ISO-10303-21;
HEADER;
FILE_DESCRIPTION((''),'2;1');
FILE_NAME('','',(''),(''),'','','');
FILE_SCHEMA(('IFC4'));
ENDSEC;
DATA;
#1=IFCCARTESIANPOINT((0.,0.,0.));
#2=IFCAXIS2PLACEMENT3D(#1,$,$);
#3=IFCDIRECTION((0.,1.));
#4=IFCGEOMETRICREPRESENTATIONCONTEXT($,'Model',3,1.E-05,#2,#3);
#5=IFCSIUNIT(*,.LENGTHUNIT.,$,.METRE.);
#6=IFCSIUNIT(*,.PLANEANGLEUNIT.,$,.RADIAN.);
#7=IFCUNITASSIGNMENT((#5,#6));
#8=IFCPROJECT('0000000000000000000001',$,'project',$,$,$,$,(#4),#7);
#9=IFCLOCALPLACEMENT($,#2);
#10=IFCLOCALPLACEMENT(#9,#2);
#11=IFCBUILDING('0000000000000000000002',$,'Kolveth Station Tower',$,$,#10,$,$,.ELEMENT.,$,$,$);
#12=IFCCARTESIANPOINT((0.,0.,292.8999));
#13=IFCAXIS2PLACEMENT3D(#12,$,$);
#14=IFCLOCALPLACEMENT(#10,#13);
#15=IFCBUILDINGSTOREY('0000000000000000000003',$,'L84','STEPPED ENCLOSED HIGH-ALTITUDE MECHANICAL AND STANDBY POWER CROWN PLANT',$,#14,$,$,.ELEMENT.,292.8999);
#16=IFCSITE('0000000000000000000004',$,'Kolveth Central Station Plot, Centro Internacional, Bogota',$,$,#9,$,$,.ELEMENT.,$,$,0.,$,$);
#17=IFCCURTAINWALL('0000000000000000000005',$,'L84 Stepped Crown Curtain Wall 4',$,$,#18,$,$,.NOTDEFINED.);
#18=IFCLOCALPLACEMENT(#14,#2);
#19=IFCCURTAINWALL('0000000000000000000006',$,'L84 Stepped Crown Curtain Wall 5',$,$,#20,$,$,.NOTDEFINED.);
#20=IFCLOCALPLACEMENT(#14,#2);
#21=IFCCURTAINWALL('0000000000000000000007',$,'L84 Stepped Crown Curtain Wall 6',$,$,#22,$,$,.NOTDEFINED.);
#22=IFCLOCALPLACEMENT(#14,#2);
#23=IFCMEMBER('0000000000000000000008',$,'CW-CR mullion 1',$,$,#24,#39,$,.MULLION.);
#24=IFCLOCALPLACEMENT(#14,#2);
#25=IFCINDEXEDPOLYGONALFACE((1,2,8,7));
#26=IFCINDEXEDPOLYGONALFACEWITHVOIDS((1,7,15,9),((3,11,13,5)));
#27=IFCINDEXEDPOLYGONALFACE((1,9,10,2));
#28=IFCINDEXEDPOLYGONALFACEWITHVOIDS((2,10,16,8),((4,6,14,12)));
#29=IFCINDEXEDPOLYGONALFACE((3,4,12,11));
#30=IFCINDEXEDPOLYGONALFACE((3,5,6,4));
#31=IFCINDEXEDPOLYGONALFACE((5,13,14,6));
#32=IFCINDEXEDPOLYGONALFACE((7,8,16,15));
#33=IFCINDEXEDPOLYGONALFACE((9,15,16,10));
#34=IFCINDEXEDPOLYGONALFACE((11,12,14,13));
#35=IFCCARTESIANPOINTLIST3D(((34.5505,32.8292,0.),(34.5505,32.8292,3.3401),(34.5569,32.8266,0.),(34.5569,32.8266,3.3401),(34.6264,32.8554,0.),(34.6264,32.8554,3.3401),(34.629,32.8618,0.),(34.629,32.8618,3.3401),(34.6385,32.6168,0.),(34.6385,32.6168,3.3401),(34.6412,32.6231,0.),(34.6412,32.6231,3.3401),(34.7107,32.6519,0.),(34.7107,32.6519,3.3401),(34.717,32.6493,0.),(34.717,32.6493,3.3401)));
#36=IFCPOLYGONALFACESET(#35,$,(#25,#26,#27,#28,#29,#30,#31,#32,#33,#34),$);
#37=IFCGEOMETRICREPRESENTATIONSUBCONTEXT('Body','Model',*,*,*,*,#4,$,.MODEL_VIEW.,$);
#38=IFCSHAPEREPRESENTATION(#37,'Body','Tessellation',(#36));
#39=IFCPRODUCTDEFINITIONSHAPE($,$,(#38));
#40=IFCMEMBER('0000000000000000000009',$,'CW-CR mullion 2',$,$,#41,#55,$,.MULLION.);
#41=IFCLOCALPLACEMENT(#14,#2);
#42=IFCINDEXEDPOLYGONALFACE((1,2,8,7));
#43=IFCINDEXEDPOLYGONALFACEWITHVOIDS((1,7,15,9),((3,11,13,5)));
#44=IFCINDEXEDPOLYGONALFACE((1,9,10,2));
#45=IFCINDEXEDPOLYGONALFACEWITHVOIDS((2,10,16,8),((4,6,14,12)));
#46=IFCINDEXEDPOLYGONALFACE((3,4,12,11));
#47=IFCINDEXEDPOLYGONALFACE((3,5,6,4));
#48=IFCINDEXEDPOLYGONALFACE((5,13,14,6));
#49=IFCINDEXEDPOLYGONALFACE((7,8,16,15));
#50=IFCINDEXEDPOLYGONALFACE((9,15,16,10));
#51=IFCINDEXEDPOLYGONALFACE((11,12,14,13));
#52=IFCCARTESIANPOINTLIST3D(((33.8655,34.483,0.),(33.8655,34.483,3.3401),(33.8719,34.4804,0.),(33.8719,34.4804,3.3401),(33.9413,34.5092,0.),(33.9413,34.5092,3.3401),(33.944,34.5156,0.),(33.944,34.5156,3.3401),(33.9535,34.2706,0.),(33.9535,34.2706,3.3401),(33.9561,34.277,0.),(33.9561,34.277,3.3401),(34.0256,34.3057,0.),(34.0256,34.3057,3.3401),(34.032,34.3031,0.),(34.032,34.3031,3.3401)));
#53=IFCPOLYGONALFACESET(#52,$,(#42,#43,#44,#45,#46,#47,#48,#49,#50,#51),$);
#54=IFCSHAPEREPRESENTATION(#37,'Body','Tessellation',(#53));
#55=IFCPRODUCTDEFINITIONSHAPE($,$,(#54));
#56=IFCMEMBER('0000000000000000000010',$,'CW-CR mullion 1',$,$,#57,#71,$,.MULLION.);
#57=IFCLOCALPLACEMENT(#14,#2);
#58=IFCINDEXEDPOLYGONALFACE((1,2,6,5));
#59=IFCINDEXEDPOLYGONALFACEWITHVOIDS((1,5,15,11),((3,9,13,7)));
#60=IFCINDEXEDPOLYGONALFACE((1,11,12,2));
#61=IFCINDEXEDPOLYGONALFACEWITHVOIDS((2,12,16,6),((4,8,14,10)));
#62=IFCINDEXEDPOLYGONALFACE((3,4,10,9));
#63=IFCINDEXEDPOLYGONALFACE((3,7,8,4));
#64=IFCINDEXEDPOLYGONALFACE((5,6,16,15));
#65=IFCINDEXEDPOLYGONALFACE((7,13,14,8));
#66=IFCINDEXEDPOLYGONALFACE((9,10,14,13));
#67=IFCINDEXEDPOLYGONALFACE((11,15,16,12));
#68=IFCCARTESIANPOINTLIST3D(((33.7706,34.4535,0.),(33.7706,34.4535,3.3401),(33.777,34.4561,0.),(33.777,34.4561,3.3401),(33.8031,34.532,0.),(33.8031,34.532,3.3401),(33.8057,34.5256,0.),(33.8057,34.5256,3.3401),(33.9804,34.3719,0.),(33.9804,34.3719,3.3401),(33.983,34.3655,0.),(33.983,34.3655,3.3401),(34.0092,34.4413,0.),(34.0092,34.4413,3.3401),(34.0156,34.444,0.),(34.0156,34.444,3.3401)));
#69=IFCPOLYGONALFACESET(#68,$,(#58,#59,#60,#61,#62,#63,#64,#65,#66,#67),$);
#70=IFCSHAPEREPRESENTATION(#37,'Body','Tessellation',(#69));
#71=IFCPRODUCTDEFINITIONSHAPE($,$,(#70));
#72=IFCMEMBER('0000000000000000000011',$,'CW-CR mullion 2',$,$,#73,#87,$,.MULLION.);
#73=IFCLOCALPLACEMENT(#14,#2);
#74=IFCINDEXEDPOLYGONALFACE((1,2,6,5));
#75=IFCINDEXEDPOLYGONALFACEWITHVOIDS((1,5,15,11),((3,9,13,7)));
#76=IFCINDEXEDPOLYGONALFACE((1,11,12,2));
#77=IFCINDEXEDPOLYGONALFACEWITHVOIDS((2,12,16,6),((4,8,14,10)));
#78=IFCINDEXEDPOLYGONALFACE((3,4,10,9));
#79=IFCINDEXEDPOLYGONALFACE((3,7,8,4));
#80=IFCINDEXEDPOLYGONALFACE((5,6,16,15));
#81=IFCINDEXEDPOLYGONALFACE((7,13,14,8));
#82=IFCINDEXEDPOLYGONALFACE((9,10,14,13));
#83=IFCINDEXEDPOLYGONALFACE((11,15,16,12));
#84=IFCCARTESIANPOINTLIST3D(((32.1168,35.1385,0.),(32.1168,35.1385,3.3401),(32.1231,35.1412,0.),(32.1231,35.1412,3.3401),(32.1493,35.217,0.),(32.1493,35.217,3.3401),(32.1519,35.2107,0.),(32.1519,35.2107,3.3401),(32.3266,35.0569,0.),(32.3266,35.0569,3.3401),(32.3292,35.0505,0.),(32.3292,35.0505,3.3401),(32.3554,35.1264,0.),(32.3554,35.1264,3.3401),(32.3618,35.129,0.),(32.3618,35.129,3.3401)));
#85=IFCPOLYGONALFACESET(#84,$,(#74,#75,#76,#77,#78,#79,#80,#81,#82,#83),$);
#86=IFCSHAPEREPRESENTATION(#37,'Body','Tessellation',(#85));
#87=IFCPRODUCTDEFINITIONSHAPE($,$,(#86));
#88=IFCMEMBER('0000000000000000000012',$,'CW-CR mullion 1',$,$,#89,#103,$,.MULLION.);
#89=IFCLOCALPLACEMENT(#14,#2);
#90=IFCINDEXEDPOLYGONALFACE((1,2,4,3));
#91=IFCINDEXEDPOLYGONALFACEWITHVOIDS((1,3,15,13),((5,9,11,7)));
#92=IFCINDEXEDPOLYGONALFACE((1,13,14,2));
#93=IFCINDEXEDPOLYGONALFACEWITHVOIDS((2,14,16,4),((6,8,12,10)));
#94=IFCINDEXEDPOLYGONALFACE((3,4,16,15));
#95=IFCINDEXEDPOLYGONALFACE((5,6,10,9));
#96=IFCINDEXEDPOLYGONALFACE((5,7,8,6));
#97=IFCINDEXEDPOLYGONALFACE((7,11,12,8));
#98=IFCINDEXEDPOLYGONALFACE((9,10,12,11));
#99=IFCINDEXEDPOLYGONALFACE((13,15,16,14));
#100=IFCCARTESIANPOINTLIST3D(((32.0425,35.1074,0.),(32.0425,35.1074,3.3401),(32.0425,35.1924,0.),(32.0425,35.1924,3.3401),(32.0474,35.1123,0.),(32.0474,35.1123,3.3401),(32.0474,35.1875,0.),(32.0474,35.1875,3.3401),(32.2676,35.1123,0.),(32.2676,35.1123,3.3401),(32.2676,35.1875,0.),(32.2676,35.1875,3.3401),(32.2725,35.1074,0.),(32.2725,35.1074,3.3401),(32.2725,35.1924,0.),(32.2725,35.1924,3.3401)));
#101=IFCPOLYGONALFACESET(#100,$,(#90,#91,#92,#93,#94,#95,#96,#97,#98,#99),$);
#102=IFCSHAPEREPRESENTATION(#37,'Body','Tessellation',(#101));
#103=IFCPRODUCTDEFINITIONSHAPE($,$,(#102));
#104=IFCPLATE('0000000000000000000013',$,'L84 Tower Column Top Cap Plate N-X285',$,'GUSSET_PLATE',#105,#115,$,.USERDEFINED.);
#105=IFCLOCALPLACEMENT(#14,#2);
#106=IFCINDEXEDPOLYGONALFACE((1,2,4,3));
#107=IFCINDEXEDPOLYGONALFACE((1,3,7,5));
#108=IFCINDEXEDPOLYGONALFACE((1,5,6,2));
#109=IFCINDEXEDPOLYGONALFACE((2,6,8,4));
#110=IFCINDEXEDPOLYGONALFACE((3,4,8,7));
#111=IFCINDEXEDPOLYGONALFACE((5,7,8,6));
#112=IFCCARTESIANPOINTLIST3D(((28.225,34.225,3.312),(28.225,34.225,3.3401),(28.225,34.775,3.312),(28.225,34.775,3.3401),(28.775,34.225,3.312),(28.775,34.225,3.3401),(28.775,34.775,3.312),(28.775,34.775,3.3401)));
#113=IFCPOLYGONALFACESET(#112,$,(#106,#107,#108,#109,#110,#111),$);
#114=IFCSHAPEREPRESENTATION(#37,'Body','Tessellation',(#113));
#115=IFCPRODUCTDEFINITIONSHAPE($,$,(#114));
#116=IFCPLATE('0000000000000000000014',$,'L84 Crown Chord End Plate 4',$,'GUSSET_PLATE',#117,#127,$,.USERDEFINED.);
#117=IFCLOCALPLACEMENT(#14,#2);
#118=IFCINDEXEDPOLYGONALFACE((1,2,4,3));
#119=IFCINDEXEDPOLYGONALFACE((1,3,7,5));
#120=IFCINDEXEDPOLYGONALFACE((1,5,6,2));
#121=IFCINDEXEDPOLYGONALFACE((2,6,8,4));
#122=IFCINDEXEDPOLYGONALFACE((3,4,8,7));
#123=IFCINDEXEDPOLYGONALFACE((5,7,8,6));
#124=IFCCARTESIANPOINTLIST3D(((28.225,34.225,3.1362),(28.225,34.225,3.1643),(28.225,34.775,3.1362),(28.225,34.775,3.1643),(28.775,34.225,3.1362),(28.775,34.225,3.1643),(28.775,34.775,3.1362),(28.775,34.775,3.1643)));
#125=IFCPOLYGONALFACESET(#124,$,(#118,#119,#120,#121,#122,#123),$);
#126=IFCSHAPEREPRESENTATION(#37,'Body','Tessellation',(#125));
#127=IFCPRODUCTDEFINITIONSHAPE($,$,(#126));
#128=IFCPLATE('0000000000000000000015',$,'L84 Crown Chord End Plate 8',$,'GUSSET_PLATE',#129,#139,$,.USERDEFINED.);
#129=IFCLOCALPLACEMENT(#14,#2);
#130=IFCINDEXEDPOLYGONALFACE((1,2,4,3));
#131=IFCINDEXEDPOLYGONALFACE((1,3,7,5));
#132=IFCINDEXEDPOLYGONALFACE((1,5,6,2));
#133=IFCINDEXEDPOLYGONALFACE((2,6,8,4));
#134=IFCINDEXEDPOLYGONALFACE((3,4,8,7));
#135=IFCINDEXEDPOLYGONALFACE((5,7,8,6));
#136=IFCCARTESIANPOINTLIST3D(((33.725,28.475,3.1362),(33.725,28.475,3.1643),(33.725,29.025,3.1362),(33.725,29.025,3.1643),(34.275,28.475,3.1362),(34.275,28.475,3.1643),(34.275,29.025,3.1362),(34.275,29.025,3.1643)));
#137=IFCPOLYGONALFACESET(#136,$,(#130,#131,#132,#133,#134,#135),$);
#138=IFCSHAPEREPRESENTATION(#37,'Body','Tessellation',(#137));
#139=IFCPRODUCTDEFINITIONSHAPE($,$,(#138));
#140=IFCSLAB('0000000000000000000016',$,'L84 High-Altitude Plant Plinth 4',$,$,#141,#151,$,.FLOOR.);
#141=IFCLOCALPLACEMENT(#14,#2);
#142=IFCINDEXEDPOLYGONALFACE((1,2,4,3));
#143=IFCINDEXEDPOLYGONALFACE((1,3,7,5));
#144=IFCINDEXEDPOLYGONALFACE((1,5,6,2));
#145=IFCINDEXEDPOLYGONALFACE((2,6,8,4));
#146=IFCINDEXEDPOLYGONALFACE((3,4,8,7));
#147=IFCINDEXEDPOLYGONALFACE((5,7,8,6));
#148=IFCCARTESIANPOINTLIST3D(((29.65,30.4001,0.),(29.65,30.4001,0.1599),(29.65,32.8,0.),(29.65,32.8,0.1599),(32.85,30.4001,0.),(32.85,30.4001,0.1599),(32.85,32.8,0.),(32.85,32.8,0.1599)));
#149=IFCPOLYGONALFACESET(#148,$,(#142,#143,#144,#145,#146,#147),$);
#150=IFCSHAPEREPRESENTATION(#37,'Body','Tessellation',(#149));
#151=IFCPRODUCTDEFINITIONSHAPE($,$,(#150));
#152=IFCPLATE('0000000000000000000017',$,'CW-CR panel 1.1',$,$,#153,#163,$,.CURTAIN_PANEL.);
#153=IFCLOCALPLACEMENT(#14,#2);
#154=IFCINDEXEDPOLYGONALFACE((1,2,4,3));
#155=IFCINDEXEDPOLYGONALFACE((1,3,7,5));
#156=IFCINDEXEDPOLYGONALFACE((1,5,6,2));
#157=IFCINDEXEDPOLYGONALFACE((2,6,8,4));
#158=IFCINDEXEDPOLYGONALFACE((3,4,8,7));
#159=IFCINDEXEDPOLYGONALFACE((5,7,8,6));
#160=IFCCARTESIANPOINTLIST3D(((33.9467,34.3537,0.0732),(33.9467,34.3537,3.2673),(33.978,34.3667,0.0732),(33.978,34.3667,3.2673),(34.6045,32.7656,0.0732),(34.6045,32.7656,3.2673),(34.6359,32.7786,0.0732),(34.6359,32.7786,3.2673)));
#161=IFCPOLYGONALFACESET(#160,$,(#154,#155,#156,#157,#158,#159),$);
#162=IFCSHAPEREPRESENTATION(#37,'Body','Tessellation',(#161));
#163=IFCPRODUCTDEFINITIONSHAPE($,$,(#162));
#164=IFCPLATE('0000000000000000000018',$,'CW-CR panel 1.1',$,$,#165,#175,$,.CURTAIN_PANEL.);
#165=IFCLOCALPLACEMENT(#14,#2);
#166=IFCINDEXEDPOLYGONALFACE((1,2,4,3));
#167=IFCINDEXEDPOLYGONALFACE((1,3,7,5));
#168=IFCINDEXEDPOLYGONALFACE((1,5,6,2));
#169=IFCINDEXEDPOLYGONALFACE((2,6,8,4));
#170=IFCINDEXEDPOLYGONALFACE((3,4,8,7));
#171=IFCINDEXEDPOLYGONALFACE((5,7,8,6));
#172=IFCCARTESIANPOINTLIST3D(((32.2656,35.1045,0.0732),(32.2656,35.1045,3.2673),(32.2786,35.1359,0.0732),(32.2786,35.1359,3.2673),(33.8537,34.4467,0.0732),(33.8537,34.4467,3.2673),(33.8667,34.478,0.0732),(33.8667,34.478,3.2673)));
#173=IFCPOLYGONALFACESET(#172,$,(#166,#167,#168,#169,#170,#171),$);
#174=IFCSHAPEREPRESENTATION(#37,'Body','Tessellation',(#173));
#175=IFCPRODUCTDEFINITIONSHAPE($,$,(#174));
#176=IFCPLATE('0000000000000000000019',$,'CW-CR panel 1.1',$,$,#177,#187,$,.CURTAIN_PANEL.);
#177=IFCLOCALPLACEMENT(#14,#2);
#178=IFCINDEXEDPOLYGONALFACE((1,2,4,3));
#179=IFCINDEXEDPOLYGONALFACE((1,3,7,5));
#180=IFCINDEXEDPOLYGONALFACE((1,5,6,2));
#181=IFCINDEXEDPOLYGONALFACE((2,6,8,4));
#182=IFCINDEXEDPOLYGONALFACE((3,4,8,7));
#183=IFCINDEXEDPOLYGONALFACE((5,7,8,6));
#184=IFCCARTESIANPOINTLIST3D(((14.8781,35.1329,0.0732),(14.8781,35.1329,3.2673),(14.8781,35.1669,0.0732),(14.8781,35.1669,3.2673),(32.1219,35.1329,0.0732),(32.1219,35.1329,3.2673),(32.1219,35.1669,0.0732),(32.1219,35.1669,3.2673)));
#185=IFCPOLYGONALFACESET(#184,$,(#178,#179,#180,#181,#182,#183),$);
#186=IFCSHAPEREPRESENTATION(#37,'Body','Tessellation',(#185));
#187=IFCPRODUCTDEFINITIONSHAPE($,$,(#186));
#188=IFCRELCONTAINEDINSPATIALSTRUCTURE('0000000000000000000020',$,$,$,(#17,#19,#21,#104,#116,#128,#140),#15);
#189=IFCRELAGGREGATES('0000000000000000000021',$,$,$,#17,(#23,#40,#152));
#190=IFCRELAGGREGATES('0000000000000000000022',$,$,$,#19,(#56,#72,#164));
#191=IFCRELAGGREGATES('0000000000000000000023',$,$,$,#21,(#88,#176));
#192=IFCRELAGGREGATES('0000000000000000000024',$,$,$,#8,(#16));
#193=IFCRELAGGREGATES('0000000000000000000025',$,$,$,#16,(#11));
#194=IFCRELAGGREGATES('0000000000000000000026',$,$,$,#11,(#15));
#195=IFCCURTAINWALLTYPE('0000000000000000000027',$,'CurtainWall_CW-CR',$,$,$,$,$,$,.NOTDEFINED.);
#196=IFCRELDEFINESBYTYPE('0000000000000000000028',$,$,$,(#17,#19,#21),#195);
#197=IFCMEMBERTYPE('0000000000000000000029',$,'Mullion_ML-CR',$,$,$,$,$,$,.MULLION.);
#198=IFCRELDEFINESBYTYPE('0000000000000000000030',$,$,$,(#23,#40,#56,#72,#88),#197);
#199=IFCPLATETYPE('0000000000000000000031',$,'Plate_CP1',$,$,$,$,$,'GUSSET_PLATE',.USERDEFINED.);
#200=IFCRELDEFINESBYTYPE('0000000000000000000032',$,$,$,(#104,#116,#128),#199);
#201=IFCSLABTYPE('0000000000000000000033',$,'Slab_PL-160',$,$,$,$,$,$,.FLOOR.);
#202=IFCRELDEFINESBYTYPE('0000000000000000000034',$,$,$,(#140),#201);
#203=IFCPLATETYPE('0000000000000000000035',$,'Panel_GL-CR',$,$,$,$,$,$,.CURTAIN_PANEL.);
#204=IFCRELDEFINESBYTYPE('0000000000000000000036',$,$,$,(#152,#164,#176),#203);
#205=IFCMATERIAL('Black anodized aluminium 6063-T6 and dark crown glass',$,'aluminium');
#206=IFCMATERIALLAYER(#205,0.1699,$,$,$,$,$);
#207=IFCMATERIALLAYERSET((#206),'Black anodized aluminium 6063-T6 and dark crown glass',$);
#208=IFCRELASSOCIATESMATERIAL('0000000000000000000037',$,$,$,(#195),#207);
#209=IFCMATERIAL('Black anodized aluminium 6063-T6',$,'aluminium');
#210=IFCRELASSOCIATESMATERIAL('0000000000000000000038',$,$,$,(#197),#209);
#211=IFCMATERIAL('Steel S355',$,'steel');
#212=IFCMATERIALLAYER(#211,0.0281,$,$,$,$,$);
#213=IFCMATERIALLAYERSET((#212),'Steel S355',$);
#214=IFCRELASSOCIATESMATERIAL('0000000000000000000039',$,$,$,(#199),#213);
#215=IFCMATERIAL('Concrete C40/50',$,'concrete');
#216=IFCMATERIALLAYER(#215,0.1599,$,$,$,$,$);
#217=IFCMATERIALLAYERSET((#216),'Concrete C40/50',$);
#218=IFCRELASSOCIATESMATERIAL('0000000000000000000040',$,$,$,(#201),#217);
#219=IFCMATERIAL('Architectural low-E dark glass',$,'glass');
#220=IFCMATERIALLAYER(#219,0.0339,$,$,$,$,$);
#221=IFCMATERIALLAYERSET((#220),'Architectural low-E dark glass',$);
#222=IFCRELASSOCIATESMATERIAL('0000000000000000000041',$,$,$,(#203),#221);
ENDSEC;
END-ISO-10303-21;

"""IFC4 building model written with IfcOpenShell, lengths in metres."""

from ifc_helpers import new_model, si_unit, direction, frame, origin, origin_2d, place, context, subcontext, project, spatial, rectangle, hollow_rectangle, extrude, source, transform, mapped, material, layer, layer_set, material_profile, profile_set, type_object, element, aggregate, save


model = new_model("IFC4")

# Units and contexts
model_context = context("Model", 3, precision=1e-05, world=origin(), true_north=direction((0.0, 1.0)))
body_context = subcontext(model_context, "Body", "Model", "MODEL_VIEW")
ifc_project = project(units=[si_unit("LENGTHUNIT", "METRE"), si_unit("PLANEANGLEUNIT", "RADIAN")], contexts=[model_context])

# Site, building, storey
site_placement = place(None, origin())
site = spatial("IfcSite", under=ifc_project, at=site_placement, Name="Kolveth Central Station Plot, Centro Internacional, Bogota", CompositionType="ELEMENT", RefElevation=0.0)
building_placement = place(site_placement, origin())
building = spatial("IfcBuilding", under=site, at=building_placement, Name="Kolveth Station Tower", CompositionType="ELEMENT")
storey_placement = place(building_placement, frame((0.0, 0.0, 292.8999)))
storey = spatial("IfcBuildingStorey", under=building, at=storey_placement, Name="L84", Description="STEPPED ENCLOSED HIGH-ALTITUDE MECHANICAL AND STANDBY POWER CROWN PLANT", CompositionType="ELEMENT", Elevation=292.8999)

# Shared definitions
ifc_material_1 = material(Name="Steel S355", Category="steel")

# Curtain walls
ifc_material_2 = material(Name="Black anodized aluminium 6063-T6 and dark crown glass", Category="aluminium")
ifc_layer_1 = layer(ifc_material_2, 0.1699)
ifc_layer_set_1 = layer_set([ifc_layer_1], Name="Black anodized aluminium 6063-T6 and dark crown glass")
curtain_wall_type = type_object("IfcCurtainWallType", Name="CurtainWall_CW-CR", PredefinedType="NOTDEFINED", material=ifc_layer_set_1)
curtain_wall_1_placement = place(storey_placement, origin())
curtain_wall_1 = element("IfcCurtainWall", 1, at=curtain_wall_1_placement, inside=storey, type_object=curtain_wall_type, Name="L84 Stepped Crown Curtain Wall 4", PredefinedType="NOTDEFINED")
ifc_material_3 = material(Name="Black anodized aluminium 6063-T6", Category="aluminium")
curtain_wall_2_placement = place(storey_placement, origin())
curtain_wall_2 = element("IfcCurtainWall", 2, at=curtain_wall_2_placement, inside=storey, type_object=curtain_wall_type, Name="L84 Stepped Crown Curtain Wall 5", PredefinedType="NOTDEFINED")
curtain_wall_3_placement = place(storey_placement, origin())
curtain_wall_3 = element("IfcCurtainWall", 3, at=curtain_wall_3_placement, inside=storey, type_object=curtain_wall_type, Name="L84 Stepped Crown Curtain Wall 6", PredefinedType="NOTDEFINED")

# Shared definitions
ifc_material_profile_1 = material_profile(ifc_material_3, hollow_rectangle(XDim=0.085, YDim=0.23, WallThickness=0.0049, at=origin_2d()), Name="ALU-85x230x5")
ifc_profile_set_1 = profile_set([ifc_material_profile_1], Name="Black anodized aluminium 6063-T6")
member_type_1 = type_object("IfcMemberType", Name="Mullion_ML-CR", PredefinedType="MULLION", material=ifc_profile_set_1)
shared_shape_1 = source(origin(), body_context, "Body", "SweptSolid", [
    extrude(hollow_rectangle(XDim=0.085, YDim=0.23, WallThickness=0.0049, at=origin_2d()), origin(), (0.0, 0.0, 1.0), 3.3401),
])

# Members
member_1_placement = place(storey_placement, frame((34.6338, 32.7393, 0.0), z_axis=(0.0, 0.0, 1.0), x_axis=(-0.923876, -0.382691, 0.0)))
member_1 = element("IfcMember", 4, at=member_1_placement, type_object=member_type_1, Name="CW-CR mullion 1", PredefinedType="MULLION", context=body_context, shape_type="MappedRepresentation", body=[
    mapped(shared_shape_1, transform((0.0, 0.0, 0.0), x_axis=(1.0, 0.0, 0.0), y_axis=(0.0, 1.0, 0.0), z_axis=(0.0, 0.0, 1.0), scale=1.0)),
])
member_2_placement = place(storey_placement, frame((33.9487, 34.3931, 0.0), z_axis=(0.0, 0.0, 1.0), x_axis=(-0.923876, -0.382691, 0.0)))
member_2 = element("IfcMember", 5, at=member_2_placement, type_object=member_type_1, Name="CW-CR mullion 2", PredefinedType="MULLION", context=body_context, shape_type="MappedRepresentation", body=[
    mapped(shared_shape_1, transform((0.0, 0.0, 0.0), x_axis=(1.0, 0.0, 0.0), y_axis=(0.0, 1.0, 0.0), z_axis=(0.0, 0.0, 1.0), scale=1.0)),
])
member_3_placement = place(storey_placement, frame((33.8931, 34.4487, 0.0), z_axis=(0.0, 0.0, 1.0), x_axis=(-0.382691, -0.923876, 0.0)))
member_3 = element("IfcMember", 6, at=member_3_placement, type_object=member_type_1, Name="CW-CR mullion 1", PredefinedType="MULLION", context=body_context, shape_type="MappedRepresentation", body=[
    mapped(shared_shape_1, transform((0.0, 0.0, 0.0), x_axis=(1.0, 0.0, 0.0), y_axis=(0.0, 1.0, 0.0), z_axis=(0.0, 0.0, 1.0), scale=1.0)),
])
member_4_placement = place(storey_placement, frame((32.2393, 35.1338, 0.0), z_axis=(0.0, 0.0, 1.0), x_axis=(-0.382691, -0.923876, 0.0)))
member_4 = element("IfcMember", 7, at=member_4_placement, type_object=member_type_1, Name="CW-CR mullion 2", PredefinedType="MULLION", context=body_context, shape_type="MappedRepresentation", body=[
    mapped(shared_shape_1, transform((0.0, 0.0, 0.0), x_axis=(1.0, 0.0, 0.0), y_axis=(0.0, 1.0, 0.0), z_axis=(0.0, 0.0, 1.0), scale=1.0)),
])
member_5_placement = place(storey_placement, frame((32.1575, 35.1499, 0.0), z_axis=(0.0, 0.0, 1.0), x_axis=(0.0, -1.0, 0.0)))
member_5 = element("IfcMember", 8, at=member_5_placement, type_object=member_type_1, Name="CW-CR mullion 1", PredefinedType="MULLION", context=body_context, shape_type="MappedRepresentation", body=[
    mapped(shared_shape_1, transform((0.0, 0.0, 0.0), x_axis=(1.0, 0.0, 0.0), y_axis=(0.0, 1.0, 0.0), z_axis=(0.0, 0.0, 1.0), scale=1.0)),
])

# Plates
ifc_layer_2 = layer(ifc_material_1, 0.0281)
ifc_layer_set_2 = layer_set([ifc_layer_2], Name="Steel S355")
plate_type_1 = type_object("IfcPlateType", Name="Plate_CP1", ElementType="GUSSET_PLATE", PredefinedType="USERDEFINED", material=ifc_layer_set_2)
shared_shape_2 = source(origin(), body_context, "Body", "SweptSolid", [
    extrude(rectangle(XDim=0.55, YDim=0.55, at=origin_2d()), origin(), (0.0, 0.0, 1.0), 0.0281),
])
for number, where, z_axis, x_axis, name in (
    (9, (28.5, 34.5, 3.312), (0.0, 0.0, 1.0), (1.0, 0.0, 0.0), "L84 Tower Column Top Cap Plate N-X285"),
    (10, (28.5, 34.5, 3.1362), (0.0, 0.0, 1.0), (1.0, 0.0, 0.0), "L84 Crown Chord End Plate 4"),
    (11, (34.0, 28.75, 3.1362), (0.0, 0.0, 1.0), (1.0, 0.0, 0.0), "L84 Crown Chord End Plate 8"),
):
    element("IfcPlate", number, at=place(storey_placement, frame(where, z_axis=z_axis, x_axis=x_axis)), inside=storey, type_object=plate_type_1, Name=name, ObjectType="GUSSET_PLATE", PredefinedType="USERDEFINED", context=body_context, shape_type="MappedRepresentation", body=[
        mapped(shared_shape_2, transform((0.0, 0.0, 0.0), x_axis=(1.0, 0.0, 0.0), y_axis=(0.0, 1.0, 0.0), z_axis=(0.0, 0.0, 1.0), scale=1.0)),
    ])

# Slab
ifc_material_4 = material(Name="Concrete C40/50", Category="concrete")
ifc_layer_3 = layer(ifc_material_4, 0.1599)
ifc_layer_set_3 = layer_set([ifc_layer_3], Name="Concrete C40/50")
slab_type = type_object("IfcSlabType", Name="Slab_PL-160", PredefinedType="FLOOR", material=ifc_layer_set_3)
shared_shape_3 = source(origin(), body_context, "Body", "SweptSolid", [
    extrude(rectangle(XDim=3.2, YDim=2.3999, at=origin_2d()), origin(), (0.0, 0.0, 1.0), 0.1599),
])
slab_placement = place(storey_placement, frame((31.25, 31.6001, 0.0), z_axis=(0.0, 0.0, 1.0), x_axis=(1.0, 0.0, 0.0)))
element("IfcSlab", 12, at=slab_placement, inside=storey, type_object=slab_type, Name="L84 High-Altitude Plant Plinth 4", PredefinedType="FLOOR", context=body_context, shape_type="MappedRepresentation", body=[
    mapped(shared_shape_3, transform((0.0, 0.0, 0.0), x_axis=(1.0, 0.0, 0.0), y_axis=(0.0, 1.0, 0.0), z_axis=(0.0, 0.0, 1.0), scale=1.0)),
])

# Plates
ifc_material_5 = material(Name="Architectural low-E dark glass", Category="glass")
ifc_layer_4 = layer(ifc_material_5, 0.0339)
ifc_layer_set_4 = layer_set([ifc_layer_4], Name="Architectural low-E dark glass")
plate_type_2 = type_object("IfcPlateType", Name="Panel_GL-CR", PredefinedType="CURTAIN_PANEL", material=ifc_layer_set_4)
shared_shape_4 = source(origin(), body_context, "Body", "SweptSolid", [
    extrude(rectangle(XDim=1.719, YDim=0.0339, at=origin_2d()), origin(), (0.0, 0.0, 1.0), 3.1941),
])
plate_1_placement = place(storey_placement, frame((34.2913, 33.5662, 0.0732), z_axis=(0.0, 0.0, 1.0), x_axis=(-0.382691, 0.923876, 0.0)))
plate_1 = element("IfcPlate", 13, at=plate_1_placement, type_object=plate_type_2, Name="CW-CR panel 1.1", PredefinedType="CURTAIN_PANEL", context=body_context, shape_type="MappedRepresentation", body=[
    mapped(shared_shape_4, transform((0.0, 0.0, 0.0), x_axis=(1.0, 0.0, 0.0), y_axis=(0.0, 1.0, 0.0), z_axis=(0.0, 0.0, 1.0), scale=1.0)),
])
aggregate(curtain_wall_1, [member_1, member_2, plate_1])
plate_2_placement = place(storey_placement, frame((33.0662, 34.7913, 0.0732), z_axis=(0.0, 0.0, 1.0), x_axis=(-0.923876, 0.382691, 0.0)))
plate_2 = element("IfcPlate", 14, at=plate_2_placement, type_object=plate_type_2, Name="CW-CR panel 1.1", PredefinedType="CURTAIN_PANEL", context=body_context, shape_type="MappedRepresentation", body=[
    mapped(shared_shape_4, transform((0.0, 0.0, 0.0), x_axis=(1.0, 0.0, 0.0), y_axis=(0.0, 1.0, 0.0), z_axis=(0.0, 0.0, 1.0), scale=1.0)),
])
aggregate(curtain_wall_2, [member_3, member_4, plate_2])
shared_shape_5 = source(origin(), body_context, "Body", "SweptSolid", [
    extrude(rectangle(XDim=17.2439, YDim=0.0339, at=origin_2d()), origin(), (0.0, 0.0, 1.0), 3.1941),
])
plate_3_placement = place(storey_placement, frame((23.5, 35.1499, 0.0732), z_axis=(0.0, 0.0, 1.0), x_axis=(-1.0, 0.0, 0.0)))
plate_3 = element("IfcPlate", 15, at=plate_3_placement, type_object=plate_type_2, Name="CW-CR panel 1.1", PredefinedType="CURTAIN_PANEL", context=body_context, shape_type="MappedRepresentation", body=[
    mapped(shared_shape_5, transform((0.0, 0.0, 0.0), x_axis=(1.0, 0.0, 0.0), y_axis=(0.0, 1.0, 0.0), z_axis=(0.0, 0.0, 1.0), scale=1.0)),
])
aggregate(curtain_wall_3, [member_5, plate_3])

save(model, "model.ifc")
